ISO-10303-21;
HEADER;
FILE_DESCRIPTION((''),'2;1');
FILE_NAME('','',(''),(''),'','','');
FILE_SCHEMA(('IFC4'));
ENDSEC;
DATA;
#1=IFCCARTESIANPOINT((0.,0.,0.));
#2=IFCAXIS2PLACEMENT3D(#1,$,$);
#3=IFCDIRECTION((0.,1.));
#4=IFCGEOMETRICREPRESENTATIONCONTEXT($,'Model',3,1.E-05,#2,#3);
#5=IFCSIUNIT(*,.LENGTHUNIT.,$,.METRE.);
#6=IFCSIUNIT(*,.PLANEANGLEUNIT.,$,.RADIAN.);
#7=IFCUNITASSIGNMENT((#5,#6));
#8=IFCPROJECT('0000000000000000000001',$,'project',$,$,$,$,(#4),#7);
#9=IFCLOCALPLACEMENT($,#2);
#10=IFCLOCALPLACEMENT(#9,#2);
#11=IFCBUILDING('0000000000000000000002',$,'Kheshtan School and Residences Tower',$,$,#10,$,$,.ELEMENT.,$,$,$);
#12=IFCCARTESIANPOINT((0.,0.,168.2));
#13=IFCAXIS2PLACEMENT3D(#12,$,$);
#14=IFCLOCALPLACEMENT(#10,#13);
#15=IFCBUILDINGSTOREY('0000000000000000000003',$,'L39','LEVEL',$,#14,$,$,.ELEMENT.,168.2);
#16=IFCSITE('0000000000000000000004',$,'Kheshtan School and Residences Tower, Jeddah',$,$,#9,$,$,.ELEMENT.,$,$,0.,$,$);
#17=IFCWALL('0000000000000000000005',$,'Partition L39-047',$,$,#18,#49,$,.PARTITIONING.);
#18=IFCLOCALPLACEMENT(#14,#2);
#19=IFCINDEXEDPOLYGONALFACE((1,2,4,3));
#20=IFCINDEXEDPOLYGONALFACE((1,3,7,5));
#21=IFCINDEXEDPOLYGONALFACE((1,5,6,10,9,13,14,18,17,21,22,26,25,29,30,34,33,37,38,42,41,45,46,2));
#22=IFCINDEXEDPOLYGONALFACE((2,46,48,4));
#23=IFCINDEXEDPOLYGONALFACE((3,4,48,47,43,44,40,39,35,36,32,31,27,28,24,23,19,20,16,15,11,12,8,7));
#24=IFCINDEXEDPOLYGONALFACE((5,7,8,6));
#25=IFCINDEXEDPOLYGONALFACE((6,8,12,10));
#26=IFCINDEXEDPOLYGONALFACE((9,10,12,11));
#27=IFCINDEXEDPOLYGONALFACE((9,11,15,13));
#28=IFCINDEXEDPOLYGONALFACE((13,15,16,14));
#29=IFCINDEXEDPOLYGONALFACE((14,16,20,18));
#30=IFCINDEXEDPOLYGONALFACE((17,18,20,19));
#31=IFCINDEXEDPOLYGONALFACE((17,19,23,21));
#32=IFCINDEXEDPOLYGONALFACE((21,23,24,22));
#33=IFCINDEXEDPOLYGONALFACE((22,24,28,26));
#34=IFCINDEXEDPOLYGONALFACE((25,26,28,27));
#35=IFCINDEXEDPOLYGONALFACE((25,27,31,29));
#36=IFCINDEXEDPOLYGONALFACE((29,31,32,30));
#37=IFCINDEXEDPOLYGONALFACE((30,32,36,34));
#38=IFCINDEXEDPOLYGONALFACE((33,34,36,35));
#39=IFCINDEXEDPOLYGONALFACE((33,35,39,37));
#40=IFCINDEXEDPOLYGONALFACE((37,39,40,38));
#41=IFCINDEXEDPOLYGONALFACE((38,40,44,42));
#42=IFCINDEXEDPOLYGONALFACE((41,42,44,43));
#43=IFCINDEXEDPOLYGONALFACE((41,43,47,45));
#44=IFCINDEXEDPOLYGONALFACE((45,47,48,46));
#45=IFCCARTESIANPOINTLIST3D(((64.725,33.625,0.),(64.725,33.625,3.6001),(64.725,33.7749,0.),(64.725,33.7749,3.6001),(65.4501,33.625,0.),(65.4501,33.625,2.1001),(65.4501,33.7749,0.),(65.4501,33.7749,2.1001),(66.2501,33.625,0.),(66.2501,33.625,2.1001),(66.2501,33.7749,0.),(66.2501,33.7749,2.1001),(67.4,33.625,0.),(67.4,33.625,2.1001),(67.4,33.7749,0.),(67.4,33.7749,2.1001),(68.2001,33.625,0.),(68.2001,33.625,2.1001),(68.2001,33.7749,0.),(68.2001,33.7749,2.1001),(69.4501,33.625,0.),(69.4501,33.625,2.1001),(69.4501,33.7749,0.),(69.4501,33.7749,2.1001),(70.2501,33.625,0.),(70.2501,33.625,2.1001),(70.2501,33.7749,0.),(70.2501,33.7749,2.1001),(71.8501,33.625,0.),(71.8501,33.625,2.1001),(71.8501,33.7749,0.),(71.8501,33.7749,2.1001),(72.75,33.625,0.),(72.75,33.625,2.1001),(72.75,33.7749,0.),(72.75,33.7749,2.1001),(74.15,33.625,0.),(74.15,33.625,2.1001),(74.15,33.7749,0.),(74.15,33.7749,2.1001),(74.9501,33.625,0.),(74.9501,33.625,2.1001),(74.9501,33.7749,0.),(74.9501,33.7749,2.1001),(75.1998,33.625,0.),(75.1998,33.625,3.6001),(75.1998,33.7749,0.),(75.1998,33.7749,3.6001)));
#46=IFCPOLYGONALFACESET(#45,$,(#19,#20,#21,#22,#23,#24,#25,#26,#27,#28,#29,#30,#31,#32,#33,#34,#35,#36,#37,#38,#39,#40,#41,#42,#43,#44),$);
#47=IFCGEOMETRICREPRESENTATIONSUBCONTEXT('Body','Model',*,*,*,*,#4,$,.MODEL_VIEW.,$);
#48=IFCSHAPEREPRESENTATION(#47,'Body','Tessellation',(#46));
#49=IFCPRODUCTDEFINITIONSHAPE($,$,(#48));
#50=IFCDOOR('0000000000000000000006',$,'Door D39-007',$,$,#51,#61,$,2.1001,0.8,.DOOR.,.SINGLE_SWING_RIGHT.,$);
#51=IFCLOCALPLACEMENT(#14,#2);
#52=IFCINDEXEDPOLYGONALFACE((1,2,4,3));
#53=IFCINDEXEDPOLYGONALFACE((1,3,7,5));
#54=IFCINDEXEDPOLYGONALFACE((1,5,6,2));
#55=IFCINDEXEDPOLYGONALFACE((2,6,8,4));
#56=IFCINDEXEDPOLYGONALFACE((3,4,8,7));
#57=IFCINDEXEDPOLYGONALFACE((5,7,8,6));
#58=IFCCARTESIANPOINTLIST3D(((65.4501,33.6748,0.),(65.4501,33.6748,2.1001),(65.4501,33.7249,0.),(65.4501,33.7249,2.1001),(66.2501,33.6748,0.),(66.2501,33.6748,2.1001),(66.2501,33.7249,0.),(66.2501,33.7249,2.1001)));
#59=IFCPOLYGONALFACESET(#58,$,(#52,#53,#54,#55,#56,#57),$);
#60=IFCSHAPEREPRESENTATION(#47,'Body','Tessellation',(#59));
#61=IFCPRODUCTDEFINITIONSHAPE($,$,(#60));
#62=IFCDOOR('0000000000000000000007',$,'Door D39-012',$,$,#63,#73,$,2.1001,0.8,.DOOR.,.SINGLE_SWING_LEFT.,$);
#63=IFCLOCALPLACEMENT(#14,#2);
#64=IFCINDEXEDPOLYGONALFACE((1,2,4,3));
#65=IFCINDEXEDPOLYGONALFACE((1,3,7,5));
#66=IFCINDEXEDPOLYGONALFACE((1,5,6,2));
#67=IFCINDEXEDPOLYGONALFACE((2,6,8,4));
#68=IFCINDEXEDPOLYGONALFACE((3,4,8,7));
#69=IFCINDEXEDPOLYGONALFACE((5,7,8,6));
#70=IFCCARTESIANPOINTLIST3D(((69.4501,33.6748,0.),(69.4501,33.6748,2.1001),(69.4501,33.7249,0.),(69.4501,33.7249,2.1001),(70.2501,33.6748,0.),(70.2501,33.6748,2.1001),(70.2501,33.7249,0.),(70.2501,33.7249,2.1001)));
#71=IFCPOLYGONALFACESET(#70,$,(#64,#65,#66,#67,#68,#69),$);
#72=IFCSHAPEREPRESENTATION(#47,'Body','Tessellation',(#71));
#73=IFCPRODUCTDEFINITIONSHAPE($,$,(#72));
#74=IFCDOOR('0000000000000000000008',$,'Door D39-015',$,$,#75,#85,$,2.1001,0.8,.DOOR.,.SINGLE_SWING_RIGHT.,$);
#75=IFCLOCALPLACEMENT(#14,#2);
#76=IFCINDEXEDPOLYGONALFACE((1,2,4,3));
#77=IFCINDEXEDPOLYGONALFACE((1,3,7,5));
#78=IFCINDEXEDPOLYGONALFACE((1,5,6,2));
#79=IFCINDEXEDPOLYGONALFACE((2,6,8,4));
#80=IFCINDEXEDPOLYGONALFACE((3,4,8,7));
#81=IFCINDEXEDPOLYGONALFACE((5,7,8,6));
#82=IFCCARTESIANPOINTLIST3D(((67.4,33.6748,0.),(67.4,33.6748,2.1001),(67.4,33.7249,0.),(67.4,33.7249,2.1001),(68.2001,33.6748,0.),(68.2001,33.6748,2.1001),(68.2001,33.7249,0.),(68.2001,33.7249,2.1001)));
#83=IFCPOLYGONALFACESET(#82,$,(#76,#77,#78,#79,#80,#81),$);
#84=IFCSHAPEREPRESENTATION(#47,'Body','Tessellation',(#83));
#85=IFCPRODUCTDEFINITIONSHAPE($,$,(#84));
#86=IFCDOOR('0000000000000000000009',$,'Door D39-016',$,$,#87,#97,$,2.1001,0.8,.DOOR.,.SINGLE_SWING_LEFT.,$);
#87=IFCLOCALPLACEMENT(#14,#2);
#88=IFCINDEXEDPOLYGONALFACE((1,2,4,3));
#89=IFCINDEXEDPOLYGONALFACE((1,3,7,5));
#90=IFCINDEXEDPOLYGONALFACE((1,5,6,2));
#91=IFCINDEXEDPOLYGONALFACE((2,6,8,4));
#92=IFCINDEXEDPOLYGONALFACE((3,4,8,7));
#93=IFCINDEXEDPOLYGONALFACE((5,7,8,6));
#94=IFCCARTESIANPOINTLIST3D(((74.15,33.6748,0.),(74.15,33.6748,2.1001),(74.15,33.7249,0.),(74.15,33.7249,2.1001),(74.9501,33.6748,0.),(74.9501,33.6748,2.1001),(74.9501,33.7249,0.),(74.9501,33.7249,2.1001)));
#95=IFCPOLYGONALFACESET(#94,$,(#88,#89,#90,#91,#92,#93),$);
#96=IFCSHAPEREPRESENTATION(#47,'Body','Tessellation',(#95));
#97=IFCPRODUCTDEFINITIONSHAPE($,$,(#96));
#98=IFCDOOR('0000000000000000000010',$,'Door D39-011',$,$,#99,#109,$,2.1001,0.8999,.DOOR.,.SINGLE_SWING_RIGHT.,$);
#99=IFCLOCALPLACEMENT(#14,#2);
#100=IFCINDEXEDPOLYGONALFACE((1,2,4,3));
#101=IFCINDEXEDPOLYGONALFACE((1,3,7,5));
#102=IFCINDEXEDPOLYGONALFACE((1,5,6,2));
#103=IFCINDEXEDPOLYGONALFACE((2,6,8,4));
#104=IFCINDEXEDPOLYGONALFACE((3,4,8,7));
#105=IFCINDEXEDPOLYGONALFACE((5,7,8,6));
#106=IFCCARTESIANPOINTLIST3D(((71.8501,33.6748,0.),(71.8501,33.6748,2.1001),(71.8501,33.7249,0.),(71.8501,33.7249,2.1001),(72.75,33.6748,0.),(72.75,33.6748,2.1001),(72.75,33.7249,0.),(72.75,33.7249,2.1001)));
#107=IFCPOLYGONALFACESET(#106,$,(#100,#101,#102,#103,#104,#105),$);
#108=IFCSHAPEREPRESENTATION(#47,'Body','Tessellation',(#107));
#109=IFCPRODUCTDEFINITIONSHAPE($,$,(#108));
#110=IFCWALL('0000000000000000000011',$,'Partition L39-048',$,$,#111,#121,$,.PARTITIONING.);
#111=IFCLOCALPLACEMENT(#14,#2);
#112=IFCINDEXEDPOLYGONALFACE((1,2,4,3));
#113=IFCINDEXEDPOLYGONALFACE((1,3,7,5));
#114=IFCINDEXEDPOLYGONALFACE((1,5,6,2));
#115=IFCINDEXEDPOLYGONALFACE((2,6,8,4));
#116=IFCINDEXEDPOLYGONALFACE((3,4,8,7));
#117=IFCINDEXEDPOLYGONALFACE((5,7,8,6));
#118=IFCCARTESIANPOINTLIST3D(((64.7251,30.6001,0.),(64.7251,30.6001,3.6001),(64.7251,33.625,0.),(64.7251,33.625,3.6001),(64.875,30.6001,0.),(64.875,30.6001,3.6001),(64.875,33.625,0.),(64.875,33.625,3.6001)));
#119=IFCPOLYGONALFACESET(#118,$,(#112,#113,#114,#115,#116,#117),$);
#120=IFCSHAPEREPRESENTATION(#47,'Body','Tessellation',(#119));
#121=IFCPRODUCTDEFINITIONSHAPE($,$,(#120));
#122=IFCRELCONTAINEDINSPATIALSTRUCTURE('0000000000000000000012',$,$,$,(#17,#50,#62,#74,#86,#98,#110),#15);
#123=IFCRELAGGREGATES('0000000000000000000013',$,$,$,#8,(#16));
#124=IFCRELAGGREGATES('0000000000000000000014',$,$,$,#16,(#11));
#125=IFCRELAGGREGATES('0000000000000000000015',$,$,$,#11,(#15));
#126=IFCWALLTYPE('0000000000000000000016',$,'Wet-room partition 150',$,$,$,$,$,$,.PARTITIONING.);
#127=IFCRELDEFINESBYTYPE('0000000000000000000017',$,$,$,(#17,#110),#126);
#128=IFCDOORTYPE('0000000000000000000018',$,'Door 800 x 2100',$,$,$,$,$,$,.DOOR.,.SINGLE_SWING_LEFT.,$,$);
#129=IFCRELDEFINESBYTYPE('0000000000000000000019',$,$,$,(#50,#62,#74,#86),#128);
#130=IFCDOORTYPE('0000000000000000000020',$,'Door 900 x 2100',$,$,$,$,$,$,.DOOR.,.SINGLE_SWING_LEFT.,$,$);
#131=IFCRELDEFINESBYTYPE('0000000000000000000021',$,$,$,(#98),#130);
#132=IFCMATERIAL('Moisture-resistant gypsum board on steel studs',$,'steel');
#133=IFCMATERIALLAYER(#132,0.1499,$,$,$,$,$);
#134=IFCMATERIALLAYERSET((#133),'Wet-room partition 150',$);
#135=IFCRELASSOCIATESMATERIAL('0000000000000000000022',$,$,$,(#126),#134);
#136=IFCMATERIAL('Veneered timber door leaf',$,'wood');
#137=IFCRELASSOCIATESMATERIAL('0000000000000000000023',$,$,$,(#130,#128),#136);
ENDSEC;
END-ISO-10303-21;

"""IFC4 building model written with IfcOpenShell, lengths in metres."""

from ifc_helpers import new_model, si_unit, direction, frame, frame_2d, origin, place, context, subcontext, project, spatial, rectangle, extrude, source, transform, mapped, material, layer, layer_set, type_object, element, fill, save


model = new_model("IFC4")

# Units and contexts
model_context = context("Model", 3, precision=1e-05, world=origin(), true_north=direction((0.0, 1.0)))
body_context = subcontext(model_context, "Body", "Model", "MODEL_VIEW")
ifc_project = project(units=[si_unit("LENGTHUNIT", "METRE"), si_unit("PLANEANGLEUNIT", "RADIAN")], contexts=[model_context])

# Site, building, storey
site_placement = place(None, origin())
site = spatial("IfcSite", under=ifc_project, at=site_placement, Name="Kheshtan School and Residences Tower, Jeddah", CompositionType="ELEMENT", RefElevation=0.0)
building_placement = place(site_placement, origin())
building = spatial("IfcBuilding", under=site, at=building_placement, Name="Kheshtan School and Residences Tower", CompositionType="ELEMENT")
storey_placement = place(building_placement, frame((0.0, 0.0, 168.2)))
storey = spatial("IfcBuildingStorey", under=building, at=storey_placement, Name="L39", Description="LEVEL", CompositionType="ELEMENT", Elevation=168.2)

# Wall, openings, doors
ifc_material_1 = material(Name="Moisture-resistant gypsum board on steel studs", Category="steel")
ifc_layer_1 = layer(ifc_material_1, 0.1499)
ifc_layer_set_1 = layer_set([ifc_layer_1], Name="Wet-room partition 150")
wall_type_1 = type_object("IfcWallType", Name="Wet-room partition 150", PredefinedType="PARTITIONING", material=ifc_layer_set_1)
ifc_material_2 = material(Name="Veneered timber door leaf", Category="wood")
door_type_1 = type_object("IfcDoorType", Name="Door 900 x 2100", OperationType="SINGLE_SWING_LEFT", PredefinedType="DOOR", material=ifc_material_2)
shared_shape_1 = source(origin(), body_context, "Body", "SweptSolid", [
    extrude(rectangle(XDim=0.8999, YDim=2.1001, at=frame_2d((0.45, 1.05))), frame((0.0, 0.0249, 0.0), z_axis=(0.0, -1.0, 0.0), x_axis=(1.0, 0.0, 0.0)), (0.0, 0.0, 1.0), 0.05),
])
door_type_2 = type_object("IfcDoorType", Name="Door 800 x 2100", OperationType="SINGLE_SWING_LEFT", PredefinedType="DOOR", material=ifc_material_2)
shared_shape_2 = source(origin(), body_context, "Body", "SweptSolid", [
    extrude(rectangle(XDim=0.8, YDim=2.1001, at=frame_2d((0.3999, 1.05))), frame((0.0, 0.0249, 0.0), z_axis=(0.0, -1.0, 0.0), x_axis=(1.0, 0.0, 0.0)), (0.0, 0.0, 1.0), 0.05),
])
wall_1_placement = place(storey_placement, frame((64.7251, 33.7, 0.0), z_axis=(0.0, 0.0, 1.0), x_axis=(1.0, 0.0, 0.0)))
wall_1 = element("IfcWall", 1, at=wall_1_placement, inside=storey, type_object=wall_type_1, Name="Partition L39-047", PredefinedType="PARTITIONING", context=body_context, shape_type="SweptSolid", body=[
    extrude(rectangle(XDim=10.4749, YDim=0.1499, at=frame_2d((5.2373, 0.0))), origin(), (0.0, 0.0, 1.0), 3.6001),
])
opening_1_placement = place(wall_1_placement, frame((0.7251, 0.0, 0.0)))
opening_1 = element("IfcOpeningElement", 2, at=opening_1_placement, cuts=wall_1, PredefinedType="OPENING", context=body_context, shape_type="SweptSolid", body=[
    extrude(rectangle(XDim=0.8, YDim=2.1001, at=frame_2d((0.3999, 1.05))), frame((0.0, 0.085, 0.0), z_axis=(0.0, -1.0, 0.0), x_axis=(1.0, 0.0, 0.0)), (0.0, 0.0, 1.0), 0.1699),
])
opening_2_placement = place(wall_1_placement, frame((7.125, 0.0, 0.0)))
opening_2 = element("IfcOpeningElement", 3, at=opening_2_placement, cuts=wall_1, PredefinedType="OPENING", context=body_context, shape_type="SweptSolid", body=[
    extrude(rectangle(XDim=0.8999, YDim=2.1001, at=frame_2d((0.45, 1.05))), frame((0.0, 0.085, 0.0), z_axis=(0.0, -1.0, 0.0), x_axis=(1.0, 0.0, 0.0)), (0.0, 0.0, 1.0), 0.1699),
])
opening_3_placement = place(wall_1_placement, frame((4.7251, 0.0, 0.0)))
opening_3 = element("IfcOpeningElement", 4, at=opening_3_placement, cuts=wall_1, PredefinedType="OPENING", context=body_context, shape_type="SweptSolid", body=[
    extrude(rectangle(XDim=0.8, YDim=2.1001, at=frame_2d((0.3999, 1.05))), frame((0.0, 0.085, 0.0), z_axis=(0.0, -1.0, 0.0), x_axis=(1.0, 0.0, 0.0)), (0.0, 0.0, 1.0), 0.1699),
])
opening_4_placement = place(wall_1_placement, frame((2.675, 0.0, 0.0)))
opening_4 = element("IfcOpeningElement", 5, at=opening_4_placement, cuts=wall_1, PredefinedType="OPENING", context=body_context, shape_type="SweptSolid", body=[
    extrude(rectangle(XDim=0.8, YDim=2.1001, at=frame_2d((0.3999, 1.05))), frame((0.0, 0.085, 0.0), z_axis=(0.0, -1.0, 0.0), x_axis=(1.0, 0.0, 0.0)), (0.0, 0.0, 1.0), 0.1699),
])
opening_5_placement = place(wall_1_placement, frame((9.425, 0.0, 0.0)))
opening_5 = element("IfcOpeningElement", 6, at=opening_5_placement, cuts=wall_1, PredefinedType="OPENING", context=body_context, shape_type="SweptSolid", body=[
    extrude(rectangle(XDim=0.8, YDim=2.1001, at=frame_2d((0.3999, 1.05))), frame((0.0, 0.085, 0.0), z_axis=(0.0, -1.0, 0.0), x_axis=(1.0, 0.0, 0.0)), (0.0, 0.0, 1.0), 0.1699),
])
door_1_placement = place(opening_1_placement, origin())
door_1 = element("IfcDoor", 7, at=door_1_placement, inside=storey, type_object=door_type_2, Name="Door D39-007", OperationType="SINGLE_SWING_RIGHT", OverallHeight=2.1001, OverallWidth=0.8, PredefinedType="DOOR", context=body_context, shape_type="MappedRepresentation", body=[
    mapped(shared_shape_2, transform((0.0, 0.0, 0.0), x_axis=(1.0, 0.0, 0.0), y_axis=(0.0, 1.0, 0.0), z_axis=(0.0, 0.0, 1.0), scale=1.0)),
])
fill(opening_1, door_1)
door_2_placement = place(opening_3_placement, origin())
door_2 = element("IfcDoor", 8, at=door_2_placement, inside=storey, type_object=door_type_2, Name="Door D39-012", OperationType="SINGLE_SWING_LEFT", OverallHeight=2.1001, OverallWidth=0.8, PredefinedType="DOOR", context=body_context, shape_type="MappedRepresentation", body=[
    mapped(shared_shape_2, transform((0.0, 0.0, 0.0), x_axis=(1.0, 0.0, 0.0), y_axis=(0.0, 1.0, 0.0), z_axis=(0.0, 0.0, 1.0), scale=1.0)),
])
fill(opening_3, door_2)
door_3_placement = place(opening_4_placement, origin())
door_3 = element("IfcDoor", 9, at=door_3_placement, inside=storey, type_object=door_type_2, Name="Door D39-015", OperationType="SINGLE_SWING_RIGHT", OverallHeight=2.1001, OverallWidth=0.8, PredefinedType="DOOR", context=body_context, shape_type="MappedRepresentation", body=[
    mapped(shared_shape_2, transform((0.0, 0.0, 0.0), x_axis=(1.0, 0.0, 0.0), y_axis=(0.0, 1.0, 0.0), z_axis=(0.0, 0.0, 1.0), scale=1.0)),
])
fill(opening_4, door_3)
door_4_placement = place(opening_5_placement, origin())
door_4 = element("IfcDoor", 10, at=door_4_placement, inside=storey, type_object=door_type_2, Name="Door D39-016", OperationType="SINGLE_SWING_LEFT", OverallHeight=2.1001, OverallWidth=0.8, PredefinedType="DOOR", context=body_context, shape_type="MappedRepresentation", body=[
    mapped(shared_shape_2, transform((0.0, 0.0, 0.0), x_axis=(1.0, 0.0, 0.0), y_axis=(0.0, 1.0, 0.0), z_axis=(0.0, 0.0, 1.0), scale=1.0)),
])
fill(opening_5, door_4)
door_5_placement = place(opening_2_placement, origin())
door_5 = element("IfcDoor", 11, at=door_5_placement, inside=storey, type_object=door_type_1, Name="Door D39-011", OperationType="SINGLE_SWING_RIGHT", OverallHeight=2.1001, OverallWidth=0.8999, PredefinedType="DOOR", context=body_context, shape_type="MappedRepresentation", body=[
    mapped(shared_shape_1, transform((0.0, 0.0, 0.0), x_axis=(1.0, 0.0, 0.0), y_axis=(0.0, 1.0, 0.0), z_axis=(0.0, 0.0, 1.0), scale=1.0)),
])
fill(opening_2, door_5)

# Wall
wall_2_placement = place(storey_placement, frame((64.8, 30.6001, 0.0), z_axis=(0.0, 0.0, 1.0), x_axis=(0.0, 1.0, 0.0)))
element("IfcWall", 12, at=wall_2_placement, inside=storey, type_object=wall_type_1, Name="Partition L39-048", PredefinedType="PARTITIONING", context=body_context, shape_type="SweptSolid", body=[
    extrude(rectangle(XDim=3.0249, YDim=0.1499, at=frame_2d((1.5125, 0.0))), origin(), (0.0, 0.0, 1.0), 3.6001),
])

save(model, "model.ifc")
